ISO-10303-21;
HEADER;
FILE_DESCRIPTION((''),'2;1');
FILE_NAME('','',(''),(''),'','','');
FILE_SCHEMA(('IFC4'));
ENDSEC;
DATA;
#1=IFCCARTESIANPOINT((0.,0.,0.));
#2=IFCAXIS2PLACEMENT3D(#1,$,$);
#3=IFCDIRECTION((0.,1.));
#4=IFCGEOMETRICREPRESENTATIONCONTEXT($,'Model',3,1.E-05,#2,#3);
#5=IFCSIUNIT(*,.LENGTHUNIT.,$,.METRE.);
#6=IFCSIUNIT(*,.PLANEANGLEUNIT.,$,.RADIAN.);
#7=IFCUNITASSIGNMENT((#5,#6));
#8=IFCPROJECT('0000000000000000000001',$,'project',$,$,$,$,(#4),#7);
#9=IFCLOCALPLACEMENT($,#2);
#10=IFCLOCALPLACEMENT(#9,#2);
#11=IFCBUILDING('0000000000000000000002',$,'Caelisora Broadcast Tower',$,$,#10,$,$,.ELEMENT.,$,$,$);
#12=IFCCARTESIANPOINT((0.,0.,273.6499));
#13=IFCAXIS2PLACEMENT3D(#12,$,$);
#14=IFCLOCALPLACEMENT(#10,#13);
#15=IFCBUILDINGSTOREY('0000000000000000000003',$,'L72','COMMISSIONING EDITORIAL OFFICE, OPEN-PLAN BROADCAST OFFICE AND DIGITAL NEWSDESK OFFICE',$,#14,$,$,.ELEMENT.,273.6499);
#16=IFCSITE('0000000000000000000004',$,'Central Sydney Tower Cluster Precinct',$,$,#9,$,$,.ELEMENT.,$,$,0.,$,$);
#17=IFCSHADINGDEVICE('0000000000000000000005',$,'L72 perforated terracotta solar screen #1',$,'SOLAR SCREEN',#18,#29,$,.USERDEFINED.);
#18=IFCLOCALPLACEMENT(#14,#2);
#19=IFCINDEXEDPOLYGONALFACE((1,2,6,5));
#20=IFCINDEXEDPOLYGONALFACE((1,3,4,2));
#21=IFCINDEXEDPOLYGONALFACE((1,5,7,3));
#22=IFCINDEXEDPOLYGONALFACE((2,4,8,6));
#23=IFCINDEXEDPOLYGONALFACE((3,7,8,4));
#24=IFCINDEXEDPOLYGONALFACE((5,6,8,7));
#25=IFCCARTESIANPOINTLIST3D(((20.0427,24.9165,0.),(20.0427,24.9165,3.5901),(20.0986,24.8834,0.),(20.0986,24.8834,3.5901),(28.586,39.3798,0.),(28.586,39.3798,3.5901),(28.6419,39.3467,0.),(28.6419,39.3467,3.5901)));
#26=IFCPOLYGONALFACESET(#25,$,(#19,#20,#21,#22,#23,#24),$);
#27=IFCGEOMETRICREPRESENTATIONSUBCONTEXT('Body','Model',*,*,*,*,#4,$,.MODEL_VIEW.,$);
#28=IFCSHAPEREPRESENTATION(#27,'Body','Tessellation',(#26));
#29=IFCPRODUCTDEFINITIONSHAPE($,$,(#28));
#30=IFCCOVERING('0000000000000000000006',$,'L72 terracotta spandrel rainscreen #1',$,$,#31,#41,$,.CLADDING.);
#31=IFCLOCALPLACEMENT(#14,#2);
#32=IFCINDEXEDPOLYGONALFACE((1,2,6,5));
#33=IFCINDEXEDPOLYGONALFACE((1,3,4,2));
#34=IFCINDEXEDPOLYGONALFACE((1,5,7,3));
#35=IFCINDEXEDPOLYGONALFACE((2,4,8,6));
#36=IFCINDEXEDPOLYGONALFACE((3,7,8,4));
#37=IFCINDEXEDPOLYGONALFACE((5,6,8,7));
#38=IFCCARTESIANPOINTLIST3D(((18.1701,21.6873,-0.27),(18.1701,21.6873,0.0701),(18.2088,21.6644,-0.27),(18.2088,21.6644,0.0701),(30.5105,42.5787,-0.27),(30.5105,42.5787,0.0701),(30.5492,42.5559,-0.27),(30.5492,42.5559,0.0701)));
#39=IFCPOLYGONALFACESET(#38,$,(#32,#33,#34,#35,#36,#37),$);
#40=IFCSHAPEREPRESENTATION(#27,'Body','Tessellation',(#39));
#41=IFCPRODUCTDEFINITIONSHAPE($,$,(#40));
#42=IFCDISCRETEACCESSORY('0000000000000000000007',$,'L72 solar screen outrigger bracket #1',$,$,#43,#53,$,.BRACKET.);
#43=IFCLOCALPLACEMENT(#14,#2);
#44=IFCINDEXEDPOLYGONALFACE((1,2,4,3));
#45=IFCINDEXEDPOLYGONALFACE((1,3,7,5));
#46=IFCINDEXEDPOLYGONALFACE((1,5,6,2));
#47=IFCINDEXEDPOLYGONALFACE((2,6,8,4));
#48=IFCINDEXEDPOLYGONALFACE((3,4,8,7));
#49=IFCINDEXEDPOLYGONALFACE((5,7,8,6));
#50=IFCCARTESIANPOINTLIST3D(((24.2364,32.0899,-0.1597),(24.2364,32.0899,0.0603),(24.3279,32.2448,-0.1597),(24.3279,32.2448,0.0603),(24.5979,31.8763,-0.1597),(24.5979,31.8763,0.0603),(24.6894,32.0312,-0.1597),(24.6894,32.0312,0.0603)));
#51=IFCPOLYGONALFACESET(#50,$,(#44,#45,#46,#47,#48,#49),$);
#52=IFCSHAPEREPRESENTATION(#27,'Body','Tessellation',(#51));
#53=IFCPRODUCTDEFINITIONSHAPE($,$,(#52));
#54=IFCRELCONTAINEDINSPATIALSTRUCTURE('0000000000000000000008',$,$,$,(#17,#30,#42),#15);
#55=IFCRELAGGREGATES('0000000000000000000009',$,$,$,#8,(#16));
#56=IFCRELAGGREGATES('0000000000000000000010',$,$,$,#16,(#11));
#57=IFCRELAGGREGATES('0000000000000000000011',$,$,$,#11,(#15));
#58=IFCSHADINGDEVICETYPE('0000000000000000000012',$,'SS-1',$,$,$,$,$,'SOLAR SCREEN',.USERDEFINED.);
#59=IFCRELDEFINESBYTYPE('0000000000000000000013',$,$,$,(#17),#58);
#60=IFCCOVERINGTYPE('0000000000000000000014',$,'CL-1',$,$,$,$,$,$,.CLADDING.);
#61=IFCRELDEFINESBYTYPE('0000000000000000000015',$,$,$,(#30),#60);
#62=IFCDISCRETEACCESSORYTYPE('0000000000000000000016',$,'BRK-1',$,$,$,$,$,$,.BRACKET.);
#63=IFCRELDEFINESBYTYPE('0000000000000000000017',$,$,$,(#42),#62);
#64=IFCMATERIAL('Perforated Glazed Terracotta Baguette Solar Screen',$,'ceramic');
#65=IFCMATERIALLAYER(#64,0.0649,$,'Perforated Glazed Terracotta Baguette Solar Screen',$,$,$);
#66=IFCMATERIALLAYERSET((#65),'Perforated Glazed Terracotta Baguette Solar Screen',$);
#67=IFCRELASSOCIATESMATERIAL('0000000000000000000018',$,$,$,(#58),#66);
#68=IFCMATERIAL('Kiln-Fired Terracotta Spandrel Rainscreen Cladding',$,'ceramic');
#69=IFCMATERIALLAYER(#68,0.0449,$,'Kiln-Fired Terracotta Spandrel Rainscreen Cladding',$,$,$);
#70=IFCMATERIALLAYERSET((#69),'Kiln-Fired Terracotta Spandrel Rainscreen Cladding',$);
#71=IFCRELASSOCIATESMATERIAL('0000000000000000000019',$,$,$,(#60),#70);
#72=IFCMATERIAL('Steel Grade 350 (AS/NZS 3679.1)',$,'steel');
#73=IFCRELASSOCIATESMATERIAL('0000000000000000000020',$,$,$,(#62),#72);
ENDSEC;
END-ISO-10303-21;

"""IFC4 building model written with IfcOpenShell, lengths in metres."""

from ifc_helpers import new_model, si_unit, direction, frame, origin, origin_2d, place, context, subcontext, project, spatial, rectangle, extrude, source, transform, mapped, material, layer, layer_set, type_object, type_shapes, element, save


model = new_model("IFC4")

# Units and contexts
model_context = context("Model", 3, precision=1e-05, world=origin(), true_north=direction((0.0, 1.0)))
body_context = subcontext(model_context, "Body", "Model", "MODEL_VIEW")
ifc_project = project(units=[si_unit("LENGTHUNIT", "METRE"), si_unit("PLANEANGLEUNIT", "RADIAN")], contexts=[model_context])

# Site, building, storey
site_placement = place(None, origin())
site = spatial("IfcSite", under=ifc_project, at=site_placement, Name="Central Sydney Tower Cluster Precinct", CompositionType="ELEMENT", RefElevation=0.0)
building_placement = place(site_placement, origin())
building = spatial("IfcBuilding", under=site, at=building_placement, Name="Caelisora Broadcast Tower", CompositionType="ELEMENT")
storey_placement = place(building_placement, frame((0.0, 0.0, 273.6499)))
storey = spatial("IfcBuildingStorey", under=building, at=storey_placement, Name="L72", Description="COMMISSIONING EDITORIAL OFFICE, OPEN-PLAN BROADCAST OFFICE AND DIGITAL NEWSDESK OFFICE", CompositionType="ELEMENT", Elevation=273.6499)

# Shared definitions
ifc_material_1 = material(Name="Steel Grade 350 (AS/NZS 3679.1)", Category="steel")

# Shading device
ifc_material_2 = material(Name="Perforated Glazed Terracotta Baguette Solar Screen", Category="ceramic")
ifc_layer_1 = layer(ifc_material_2, 0.0649, Name="Perforated Glazed Terracotta Baguette Solar Screen")
ifc_layer_set_1 = layer_set([ifc_layer_1], Name="Perforated Glazed Terracotta Baguette Solar Screen")
shading_device_type = type_object("IfcShadingDeviceType", Name="SS-1", ElementType="SOLAR SCREEN", PredefinedType="USERDEFINED", material=ifc_layer_set_1)
shared_shape_1 = source(origin(), body_context, "Body", "SweptSolid", [
    extrude(rectangle(XDim=16.7981, YDim=0.0649, at=origin_2d()), origin(), (0.0, 0.0, 1.0), 3.5901),
])
type_shapes(shading_device_type, [shared_shape_1])
shading_device_placement = place(storey_placement, frame((24.3423, 32.1316, 0.0), z_axis=(0.0, 0.0, 1.0), x_axis=(-0.508591, -0.861008, 0.0)))
element("IfcShadingDevice", 1, at=shading_device_placement, inside=storey, type_object=shading_device_type, Name="L72 perforated terracotta solar screen #1", ObjectType="SOLAR SCREEN", PredefinedType="USERDEFINED", context=body_context, shape_type="MappedRepresentation", body=[
    mapped(shared_shape_1, transform((0.0, 0.0, 0.0), scale=1.0)),
])

# Covering
ifc_material_3 = material(Name="Kiln-Fired Terracotta Spandrel Rainscreen Cladding", Category="ceramic")
ifc_layer_2 = layer(ifc_material_3, 0.0449, Name="Kiln-Fired Terracotta Spandrel Rainscreen Cladding")
ifc_layer_set_2 = layer_set([ifc_layer_2], Name="Kiln-Fired Terracotta Spandrel Rainscreen Cladding")
covering_type = type_object("IfcCoveringType", Name="CL-1", PredefinedType="CLADDING", material=ifc_layer_set_2)
shared_shape_2 = source(origin(), body_context, "Body", "SweptSolid", [
    extrude(rectangle(XDim=24.2639, YDim=0.0449, at=origin_2d()), origin(), (0.0, 0.0, 1.0), 0.3401),
])
type_shapes(covering_type, [shared_shape_2])
covering_placement = place(storey_placement, frame((24.3596, 32.1216, -0.27), z_axis=(0.0, 0.0, 1.0), x_axis=(-0.508591, -0.861008, 0.0)))
element("IfcCovering", 2, at=covering_placement, inside=storey, type_object=covering_type, Name="L72 terracotta spandrel rainscreen #1", PredefinedType="CLADDING", context=body_context, shape_type="MappedRepresentation", body=[
    mapped(shared_shape_2, transform((0.0, 0.0, 0.0), scale=1.0)),
])

# Discrete accessory
discrete_accessory_type = type_object("IfcDiscreteAccessoryType", Name="BRK-1", PredefinedType="BRACKET", material=ifc_material_1)
shared_shape_3 = source(origin(), body_context, "Body", "SweptSolid", [
    extrude(rectangle(XDim=0.1799, YDim=0.4199, at=origin_2d()), origin(), (0.0, 0.0, 1.0), 0.22),
])
type_shapes(discrete_accessory_type, [shared_shape_3])
discrete_accessory_placement = place(storey_placement, frame((24.4629, 32.0605, -0.1597), z_axis=(0.0, 0.0, 1.0), x_axis=(-0.508591, -0.861008, 0.0)))
element("IfcDiscreteAccessory", 3, at=discrete_accessory_placement, inside=storey, type_object=discrete_accessory_type, Name="L72 solar screen outrigger bracket #1", PredefinedType="BRACKET", context=body_context, shape_type="MappedRepresentation", body=[
    mapped(shared_shape_3, transform((0.0, 0.0, 0.0), scale=1.0)),
])

save(model, "model.ifc")
